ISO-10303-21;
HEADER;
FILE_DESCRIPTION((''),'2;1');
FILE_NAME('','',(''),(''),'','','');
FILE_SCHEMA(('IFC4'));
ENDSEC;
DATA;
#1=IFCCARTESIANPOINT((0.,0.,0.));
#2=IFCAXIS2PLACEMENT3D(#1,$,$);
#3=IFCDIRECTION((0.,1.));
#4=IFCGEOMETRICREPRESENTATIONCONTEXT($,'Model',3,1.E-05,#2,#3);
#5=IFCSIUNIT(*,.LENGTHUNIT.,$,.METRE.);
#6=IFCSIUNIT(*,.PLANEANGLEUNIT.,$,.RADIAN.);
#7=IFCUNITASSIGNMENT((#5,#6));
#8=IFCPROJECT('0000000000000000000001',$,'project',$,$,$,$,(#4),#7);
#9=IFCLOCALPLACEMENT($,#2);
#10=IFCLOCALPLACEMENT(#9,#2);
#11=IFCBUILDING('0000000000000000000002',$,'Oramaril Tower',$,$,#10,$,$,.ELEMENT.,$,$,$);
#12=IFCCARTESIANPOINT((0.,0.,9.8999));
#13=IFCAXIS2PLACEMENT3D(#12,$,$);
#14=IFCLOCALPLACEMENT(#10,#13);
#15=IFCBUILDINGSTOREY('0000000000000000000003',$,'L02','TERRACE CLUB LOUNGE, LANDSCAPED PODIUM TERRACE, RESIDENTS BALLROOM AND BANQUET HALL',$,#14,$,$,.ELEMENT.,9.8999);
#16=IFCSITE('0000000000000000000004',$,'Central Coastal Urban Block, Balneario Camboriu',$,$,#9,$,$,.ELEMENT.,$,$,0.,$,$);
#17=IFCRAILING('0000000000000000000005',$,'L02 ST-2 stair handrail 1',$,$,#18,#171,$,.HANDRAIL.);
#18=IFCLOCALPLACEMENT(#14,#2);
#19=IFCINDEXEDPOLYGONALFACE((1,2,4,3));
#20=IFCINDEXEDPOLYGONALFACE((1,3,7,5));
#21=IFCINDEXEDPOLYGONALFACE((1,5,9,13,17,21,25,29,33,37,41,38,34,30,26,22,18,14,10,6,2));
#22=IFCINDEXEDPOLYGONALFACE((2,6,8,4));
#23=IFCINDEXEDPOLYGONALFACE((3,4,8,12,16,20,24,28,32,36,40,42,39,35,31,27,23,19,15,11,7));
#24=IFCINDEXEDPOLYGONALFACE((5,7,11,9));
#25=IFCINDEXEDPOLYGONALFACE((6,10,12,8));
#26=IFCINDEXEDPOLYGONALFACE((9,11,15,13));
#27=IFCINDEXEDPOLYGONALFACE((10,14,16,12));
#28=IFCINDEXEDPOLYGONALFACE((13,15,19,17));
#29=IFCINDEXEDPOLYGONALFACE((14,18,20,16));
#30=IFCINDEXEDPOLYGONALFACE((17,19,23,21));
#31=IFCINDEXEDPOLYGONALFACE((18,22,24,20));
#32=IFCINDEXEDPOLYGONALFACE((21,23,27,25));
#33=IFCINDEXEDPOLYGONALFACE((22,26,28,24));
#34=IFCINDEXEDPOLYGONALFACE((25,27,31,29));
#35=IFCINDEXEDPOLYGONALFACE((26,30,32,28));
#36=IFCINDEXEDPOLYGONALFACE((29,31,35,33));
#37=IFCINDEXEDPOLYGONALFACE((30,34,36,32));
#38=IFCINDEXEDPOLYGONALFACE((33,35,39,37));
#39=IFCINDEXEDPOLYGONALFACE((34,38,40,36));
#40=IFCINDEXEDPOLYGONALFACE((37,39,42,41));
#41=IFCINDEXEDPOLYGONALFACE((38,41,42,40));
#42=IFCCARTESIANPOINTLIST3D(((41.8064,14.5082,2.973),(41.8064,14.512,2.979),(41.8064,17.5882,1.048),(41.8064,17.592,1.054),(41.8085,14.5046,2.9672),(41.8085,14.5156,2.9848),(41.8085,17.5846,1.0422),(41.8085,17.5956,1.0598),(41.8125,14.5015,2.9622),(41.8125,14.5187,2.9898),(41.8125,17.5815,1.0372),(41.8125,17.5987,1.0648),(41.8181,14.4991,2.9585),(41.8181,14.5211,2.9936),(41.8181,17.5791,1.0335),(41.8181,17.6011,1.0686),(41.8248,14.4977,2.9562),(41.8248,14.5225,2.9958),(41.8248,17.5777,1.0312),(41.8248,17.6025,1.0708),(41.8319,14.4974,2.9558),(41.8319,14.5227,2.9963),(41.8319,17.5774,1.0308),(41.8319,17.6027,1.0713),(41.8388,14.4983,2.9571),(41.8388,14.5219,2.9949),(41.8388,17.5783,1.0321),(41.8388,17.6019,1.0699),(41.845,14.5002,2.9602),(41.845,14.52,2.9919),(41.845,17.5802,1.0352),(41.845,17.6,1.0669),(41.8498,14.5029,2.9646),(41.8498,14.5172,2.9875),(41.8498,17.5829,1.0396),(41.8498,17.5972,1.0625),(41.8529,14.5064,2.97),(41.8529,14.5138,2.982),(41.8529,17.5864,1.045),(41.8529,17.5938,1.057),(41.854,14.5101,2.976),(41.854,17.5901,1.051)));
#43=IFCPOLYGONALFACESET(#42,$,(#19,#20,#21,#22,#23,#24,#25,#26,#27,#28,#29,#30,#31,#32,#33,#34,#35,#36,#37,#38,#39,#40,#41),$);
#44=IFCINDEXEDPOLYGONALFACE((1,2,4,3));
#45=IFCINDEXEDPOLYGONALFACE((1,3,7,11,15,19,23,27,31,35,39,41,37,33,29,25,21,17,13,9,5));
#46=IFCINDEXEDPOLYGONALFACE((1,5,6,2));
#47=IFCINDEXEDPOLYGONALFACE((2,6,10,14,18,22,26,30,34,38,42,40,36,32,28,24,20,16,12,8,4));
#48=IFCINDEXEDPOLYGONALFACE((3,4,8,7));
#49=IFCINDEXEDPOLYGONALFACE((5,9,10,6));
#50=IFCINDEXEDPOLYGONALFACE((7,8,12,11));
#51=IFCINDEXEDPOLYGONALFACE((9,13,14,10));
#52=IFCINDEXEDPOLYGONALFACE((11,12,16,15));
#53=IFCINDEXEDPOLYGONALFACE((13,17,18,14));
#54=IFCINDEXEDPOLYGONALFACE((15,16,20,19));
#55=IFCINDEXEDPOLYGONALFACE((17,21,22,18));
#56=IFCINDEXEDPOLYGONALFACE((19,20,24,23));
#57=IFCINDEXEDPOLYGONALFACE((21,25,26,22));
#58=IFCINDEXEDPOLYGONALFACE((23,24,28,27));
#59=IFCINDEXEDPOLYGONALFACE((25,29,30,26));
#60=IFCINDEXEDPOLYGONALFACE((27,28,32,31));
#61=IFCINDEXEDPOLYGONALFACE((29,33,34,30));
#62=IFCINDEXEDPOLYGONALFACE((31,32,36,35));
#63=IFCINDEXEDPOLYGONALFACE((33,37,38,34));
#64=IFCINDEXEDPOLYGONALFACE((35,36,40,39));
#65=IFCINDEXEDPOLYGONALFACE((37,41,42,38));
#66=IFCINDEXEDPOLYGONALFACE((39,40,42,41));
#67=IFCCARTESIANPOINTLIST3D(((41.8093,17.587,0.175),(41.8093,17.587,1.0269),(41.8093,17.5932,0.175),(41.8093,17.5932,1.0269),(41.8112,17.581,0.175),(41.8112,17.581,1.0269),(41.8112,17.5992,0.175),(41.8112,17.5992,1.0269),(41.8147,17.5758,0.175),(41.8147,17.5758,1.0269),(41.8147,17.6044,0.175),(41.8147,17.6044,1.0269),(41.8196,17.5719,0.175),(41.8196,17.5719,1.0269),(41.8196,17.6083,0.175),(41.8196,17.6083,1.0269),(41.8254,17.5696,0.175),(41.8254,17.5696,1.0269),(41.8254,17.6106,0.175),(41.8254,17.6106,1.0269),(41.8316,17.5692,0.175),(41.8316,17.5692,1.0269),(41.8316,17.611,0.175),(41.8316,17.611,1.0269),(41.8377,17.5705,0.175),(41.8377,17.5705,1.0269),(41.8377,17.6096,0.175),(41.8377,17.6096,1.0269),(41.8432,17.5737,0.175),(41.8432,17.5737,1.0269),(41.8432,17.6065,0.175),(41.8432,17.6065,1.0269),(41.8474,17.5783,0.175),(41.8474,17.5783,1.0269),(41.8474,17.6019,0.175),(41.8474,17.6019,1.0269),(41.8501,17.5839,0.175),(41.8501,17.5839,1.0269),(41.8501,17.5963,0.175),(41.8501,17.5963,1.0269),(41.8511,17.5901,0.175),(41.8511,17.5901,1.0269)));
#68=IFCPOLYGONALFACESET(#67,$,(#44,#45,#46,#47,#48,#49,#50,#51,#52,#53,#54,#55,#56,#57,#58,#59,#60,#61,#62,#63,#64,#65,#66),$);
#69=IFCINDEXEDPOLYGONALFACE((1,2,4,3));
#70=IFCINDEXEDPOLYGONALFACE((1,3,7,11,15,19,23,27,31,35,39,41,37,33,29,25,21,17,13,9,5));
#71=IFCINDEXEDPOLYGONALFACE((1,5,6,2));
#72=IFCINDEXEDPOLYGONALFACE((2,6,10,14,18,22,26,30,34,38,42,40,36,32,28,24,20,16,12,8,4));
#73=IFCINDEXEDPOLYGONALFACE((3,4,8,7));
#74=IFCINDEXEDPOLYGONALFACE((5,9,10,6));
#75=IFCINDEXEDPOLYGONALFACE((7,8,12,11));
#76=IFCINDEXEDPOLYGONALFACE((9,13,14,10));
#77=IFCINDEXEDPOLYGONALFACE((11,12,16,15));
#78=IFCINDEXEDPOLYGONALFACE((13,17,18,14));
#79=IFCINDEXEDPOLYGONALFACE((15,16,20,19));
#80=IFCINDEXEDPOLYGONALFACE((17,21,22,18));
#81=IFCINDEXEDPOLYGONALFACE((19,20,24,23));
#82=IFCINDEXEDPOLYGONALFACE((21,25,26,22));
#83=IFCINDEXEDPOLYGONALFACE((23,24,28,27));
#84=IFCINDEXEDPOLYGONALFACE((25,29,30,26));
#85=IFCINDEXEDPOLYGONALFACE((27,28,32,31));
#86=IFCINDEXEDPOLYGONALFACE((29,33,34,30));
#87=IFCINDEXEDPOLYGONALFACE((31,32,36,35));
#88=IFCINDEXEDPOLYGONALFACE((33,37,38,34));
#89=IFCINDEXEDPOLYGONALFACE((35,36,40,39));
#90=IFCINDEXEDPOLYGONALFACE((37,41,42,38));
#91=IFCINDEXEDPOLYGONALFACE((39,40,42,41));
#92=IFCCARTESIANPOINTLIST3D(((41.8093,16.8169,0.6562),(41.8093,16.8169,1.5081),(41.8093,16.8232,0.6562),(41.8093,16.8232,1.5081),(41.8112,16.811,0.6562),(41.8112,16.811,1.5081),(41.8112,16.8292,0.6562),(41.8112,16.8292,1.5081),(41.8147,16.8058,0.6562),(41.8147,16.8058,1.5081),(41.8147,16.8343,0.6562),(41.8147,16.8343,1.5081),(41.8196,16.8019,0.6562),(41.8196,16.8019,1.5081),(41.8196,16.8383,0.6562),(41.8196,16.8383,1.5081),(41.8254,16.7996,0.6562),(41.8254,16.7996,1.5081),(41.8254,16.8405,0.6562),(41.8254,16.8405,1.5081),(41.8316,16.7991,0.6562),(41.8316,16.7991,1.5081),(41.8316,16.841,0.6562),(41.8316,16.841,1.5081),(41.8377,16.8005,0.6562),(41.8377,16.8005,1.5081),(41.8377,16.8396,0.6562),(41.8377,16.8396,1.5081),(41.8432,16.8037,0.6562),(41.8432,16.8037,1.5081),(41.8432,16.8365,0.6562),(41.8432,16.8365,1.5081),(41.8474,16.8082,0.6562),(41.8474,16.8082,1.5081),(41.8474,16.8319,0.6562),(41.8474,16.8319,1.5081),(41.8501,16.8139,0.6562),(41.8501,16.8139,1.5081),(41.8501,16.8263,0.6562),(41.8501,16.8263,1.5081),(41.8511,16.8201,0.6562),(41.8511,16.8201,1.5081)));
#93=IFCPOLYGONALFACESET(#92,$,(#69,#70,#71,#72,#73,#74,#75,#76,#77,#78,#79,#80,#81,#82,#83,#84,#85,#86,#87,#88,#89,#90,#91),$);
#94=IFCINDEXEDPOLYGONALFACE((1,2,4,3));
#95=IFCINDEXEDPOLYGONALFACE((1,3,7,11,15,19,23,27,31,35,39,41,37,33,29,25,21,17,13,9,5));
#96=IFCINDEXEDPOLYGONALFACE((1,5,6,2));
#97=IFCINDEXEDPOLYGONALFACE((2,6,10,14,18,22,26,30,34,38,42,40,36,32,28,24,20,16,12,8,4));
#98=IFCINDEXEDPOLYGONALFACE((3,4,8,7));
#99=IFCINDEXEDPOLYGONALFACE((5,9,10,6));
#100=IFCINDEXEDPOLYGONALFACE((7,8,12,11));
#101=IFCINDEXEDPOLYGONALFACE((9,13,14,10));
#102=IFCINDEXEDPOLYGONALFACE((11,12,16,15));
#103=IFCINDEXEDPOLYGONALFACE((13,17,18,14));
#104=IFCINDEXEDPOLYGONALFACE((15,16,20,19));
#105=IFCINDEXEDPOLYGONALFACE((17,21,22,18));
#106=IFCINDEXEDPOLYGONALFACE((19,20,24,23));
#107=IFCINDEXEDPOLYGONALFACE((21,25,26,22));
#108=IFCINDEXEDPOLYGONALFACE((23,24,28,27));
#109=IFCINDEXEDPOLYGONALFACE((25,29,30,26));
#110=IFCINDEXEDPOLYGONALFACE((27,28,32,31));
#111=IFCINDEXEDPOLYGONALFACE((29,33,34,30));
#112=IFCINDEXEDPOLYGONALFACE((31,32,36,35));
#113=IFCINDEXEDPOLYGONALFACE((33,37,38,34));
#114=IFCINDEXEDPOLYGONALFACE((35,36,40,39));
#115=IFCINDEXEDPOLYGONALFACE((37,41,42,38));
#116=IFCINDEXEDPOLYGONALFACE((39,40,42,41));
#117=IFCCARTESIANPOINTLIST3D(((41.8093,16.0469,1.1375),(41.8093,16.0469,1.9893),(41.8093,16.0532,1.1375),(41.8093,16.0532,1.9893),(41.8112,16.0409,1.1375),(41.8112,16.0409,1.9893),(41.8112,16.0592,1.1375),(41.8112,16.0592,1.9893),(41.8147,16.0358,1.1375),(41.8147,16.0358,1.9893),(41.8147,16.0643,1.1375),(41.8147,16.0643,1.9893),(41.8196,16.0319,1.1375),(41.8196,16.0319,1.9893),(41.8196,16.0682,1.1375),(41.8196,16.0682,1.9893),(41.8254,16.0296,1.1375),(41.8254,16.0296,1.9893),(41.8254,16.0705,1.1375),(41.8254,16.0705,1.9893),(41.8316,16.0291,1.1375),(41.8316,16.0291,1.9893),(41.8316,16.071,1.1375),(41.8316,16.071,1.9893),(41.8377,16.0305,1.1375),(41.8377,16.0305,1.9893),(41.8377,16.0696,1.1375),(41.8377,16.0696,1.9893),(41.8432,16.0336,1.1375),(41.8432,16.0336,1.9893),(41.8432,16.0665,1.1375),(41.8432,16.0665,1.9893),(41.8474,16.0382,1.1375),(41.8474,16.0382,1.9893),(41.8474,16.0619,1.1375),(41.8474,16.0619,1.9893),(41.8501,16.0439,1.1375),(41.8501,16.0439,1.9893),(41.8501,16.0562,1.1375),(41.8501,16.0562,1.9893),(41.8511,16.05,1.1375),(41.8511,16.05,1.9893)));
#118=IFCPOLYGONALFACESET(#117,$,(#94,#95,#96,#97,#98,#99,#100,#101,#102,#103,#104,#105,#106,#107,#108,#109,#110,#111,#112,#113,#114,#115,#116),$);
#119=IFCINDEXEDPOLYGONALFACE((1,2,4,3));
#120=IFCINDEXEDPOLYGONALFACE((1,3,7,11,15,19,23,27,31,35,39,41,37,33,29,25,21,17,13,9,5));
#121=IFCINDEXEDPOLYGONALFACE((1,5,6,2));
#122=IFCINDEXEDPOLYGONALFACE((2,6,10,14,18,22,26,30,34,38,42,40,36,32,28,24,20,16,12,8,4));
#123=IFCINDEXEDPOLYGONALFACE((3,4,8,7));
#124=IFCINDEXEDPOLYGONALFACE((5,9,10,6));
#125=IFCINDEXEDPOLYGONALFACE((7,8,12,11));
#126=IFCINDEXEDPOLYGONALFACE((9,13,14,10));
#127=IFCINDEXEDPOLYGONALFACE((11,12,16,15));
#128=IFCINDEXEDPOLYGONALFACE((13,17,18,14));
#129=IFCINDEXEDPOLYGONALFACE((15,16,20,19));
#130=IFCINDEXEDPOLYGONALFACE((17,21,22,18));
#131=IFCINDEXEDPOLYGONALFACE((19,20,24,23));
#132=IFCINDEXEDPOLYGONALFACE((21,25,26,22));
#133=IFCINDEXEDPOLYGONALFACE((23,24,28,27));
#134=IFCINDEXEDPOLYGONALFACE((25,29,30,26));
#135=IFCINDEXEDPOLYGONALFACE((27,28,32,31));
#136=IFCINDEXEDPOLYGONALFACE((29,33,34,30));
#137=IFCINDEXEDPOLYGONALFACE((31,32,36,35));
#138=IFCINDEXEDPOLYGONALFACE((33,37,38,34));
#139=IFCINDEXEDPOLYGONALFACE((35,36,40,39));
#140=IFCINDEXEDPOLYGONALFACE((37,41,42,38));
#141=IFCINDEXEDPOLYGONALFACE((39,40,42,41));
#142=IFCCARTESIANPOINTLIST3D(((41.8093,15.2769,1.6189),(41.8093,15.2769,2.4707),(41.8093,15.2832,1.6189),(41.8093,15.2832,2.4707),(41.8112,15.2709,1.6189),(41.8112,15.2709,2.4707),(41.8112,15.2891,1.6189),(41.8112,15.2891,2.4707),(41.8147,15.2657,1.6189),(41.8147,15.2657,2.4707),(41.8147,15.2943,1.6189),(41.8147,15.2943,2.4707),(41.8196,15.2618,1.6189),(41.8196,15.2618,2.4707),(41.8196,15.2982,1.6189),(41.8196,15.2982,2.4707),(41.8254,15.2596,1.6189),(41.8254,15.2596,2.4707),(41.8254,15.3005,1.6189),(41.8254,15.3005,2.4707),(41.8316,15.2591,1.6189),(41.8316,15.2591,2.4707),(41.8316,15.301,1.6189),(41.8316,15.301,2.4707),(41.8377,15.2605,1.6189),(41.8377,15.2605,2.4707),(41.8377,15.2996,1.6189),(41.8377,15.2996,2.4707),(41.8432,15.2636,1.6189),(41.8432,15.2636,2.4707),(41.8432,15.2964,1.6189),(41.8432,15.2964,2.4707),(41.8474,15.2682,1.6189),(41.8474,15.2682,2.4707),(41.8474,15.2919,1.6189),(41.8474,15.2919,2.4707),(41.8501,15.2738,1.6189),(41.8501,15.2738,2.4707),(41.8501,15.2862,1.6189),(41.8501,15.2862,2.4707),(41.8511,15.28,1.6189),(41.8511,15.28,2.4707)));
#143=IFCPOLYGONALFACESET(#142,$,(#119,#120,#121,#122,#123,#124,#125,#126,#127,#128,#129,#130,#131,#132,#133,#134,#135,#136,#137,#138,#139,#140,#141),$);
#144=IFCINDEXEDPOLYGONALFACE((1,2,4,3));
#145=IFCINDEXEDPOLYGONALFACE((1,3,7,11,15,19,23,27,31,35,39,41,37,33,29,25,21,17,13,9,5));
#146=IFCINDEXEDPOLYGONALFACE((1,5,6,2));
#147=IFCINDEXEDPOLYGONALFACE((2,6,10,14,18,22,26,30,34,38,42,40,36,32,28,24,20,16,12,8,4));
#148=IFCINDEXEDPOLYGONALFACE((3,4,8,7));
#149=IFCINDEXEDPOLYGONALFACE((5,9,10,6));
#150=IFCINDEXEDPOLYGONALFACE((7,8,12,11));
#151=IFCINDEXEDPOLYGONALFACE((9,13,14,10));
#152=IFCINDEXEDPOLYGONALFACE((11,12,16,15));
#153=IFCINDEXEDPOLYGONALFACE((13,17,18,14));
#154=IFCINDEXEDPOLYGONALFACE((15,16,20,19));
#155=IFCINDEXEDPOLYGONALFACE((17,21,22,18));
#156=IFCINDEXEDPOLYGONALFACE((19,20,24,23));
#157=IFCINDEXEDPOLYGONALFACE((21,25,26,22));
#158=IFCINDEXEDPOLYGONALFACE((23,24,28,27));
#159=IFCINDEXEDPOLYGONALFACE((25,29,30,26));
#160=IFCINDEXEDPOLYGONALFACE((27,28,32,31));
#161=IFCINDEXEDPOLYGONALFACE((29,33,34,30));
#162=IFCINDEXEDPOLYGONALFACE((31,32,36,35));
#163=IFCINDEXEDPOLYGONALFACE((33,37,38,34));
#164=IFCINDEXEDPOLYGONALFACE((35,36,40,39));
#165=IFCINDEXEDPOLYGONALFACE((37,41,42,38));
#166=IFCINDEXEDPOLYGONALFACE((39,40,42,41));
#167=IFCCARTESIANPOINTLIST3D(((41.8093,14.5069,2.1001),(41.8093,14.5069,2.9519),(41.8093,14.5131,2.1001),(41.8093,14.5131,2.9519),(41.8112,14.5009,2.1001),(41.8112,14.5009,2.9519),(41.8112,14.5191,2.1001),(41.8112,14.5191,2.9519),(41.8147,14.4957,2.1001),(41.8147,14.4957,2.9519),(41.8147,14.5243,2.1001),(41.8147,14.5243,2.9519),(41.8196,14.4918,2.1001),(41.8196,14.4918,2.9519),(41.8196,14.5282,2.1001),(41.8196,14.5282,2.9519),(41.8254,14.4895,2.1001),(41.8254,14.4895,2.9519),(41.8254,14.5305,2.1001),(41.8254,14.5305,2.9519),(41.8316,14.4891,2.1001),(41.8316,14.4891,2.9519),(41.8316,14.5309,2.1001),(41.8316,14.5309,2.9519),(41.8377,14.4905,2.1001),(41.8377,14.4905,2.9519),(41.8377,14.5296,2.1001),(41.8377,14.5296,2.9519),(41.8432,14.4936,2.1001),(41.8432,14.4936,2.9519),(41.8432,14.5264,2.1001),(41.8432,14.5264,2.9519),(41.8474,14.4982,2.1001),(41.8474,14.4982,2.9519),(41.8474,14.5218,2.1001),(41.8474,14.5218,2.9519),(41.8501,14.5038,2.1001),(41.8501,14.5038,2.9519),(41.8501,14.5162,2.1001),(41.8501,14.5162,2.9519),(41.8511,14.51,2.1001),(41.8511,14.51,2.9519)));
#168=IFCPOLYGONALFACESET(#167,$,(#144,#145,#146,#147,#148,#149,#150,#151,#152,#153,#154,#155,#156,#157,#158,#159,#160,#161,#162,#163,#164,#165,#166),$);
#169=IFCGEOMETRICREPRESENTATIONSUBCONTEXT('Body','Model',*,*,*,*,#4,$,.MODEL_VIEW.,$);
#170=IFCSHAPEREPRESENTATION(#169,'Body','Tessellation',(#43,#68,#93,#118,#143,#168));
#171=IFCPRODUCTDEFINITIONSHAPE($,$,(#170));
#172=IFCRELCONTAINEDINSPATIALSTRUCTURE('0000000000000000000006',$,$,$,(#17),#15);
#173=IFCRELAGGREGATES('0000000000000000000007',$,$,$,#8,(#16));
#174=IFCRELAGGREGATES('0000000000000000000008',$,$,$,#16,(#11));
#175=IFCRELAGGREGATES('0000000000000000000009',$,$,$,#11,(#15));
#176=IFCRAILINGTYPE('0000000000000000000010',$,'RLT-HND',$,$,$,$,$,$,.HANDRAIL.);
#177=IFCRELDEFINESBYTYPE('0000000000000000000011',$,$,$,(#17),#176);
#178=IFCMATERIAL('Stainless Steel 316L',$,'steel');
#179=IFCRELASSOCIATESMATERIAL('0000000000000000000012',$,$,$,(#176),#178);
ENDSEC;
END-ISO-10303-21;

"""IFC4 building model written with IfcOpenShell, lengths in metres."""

from ifc_helpers import new_model, si_unit, direction, frame, origin, origin_2d, place, context, subcontext, project, spatial, circle, extrude, material, type_object, element, save


model = new_model("IFC4")

# Units and contexts
model_context = context("Model", 3, precision=1e-05, world=origin(), true_north=direction((0.0, 1.0)))
body_context = subcontext(model_context, "Body", "Model", "MODEL_VIEW")
ifc_project = project(units=[si_unit("LENGTHUNIT", "METRE"), si_unit("PLANEANGLEUNIT", "RADIAN")], contexts=[model_context])

# Site, building, storey
site_placement = place(None, origin())
site = spatial("IfcSite", under=ifc_project, at=site_placement, Name="Central Coastal Urban Block, Balneario Camboriu", CompositionType="ELEMENT", RefElevation=0.0)
building_placement = place(site_placement, origin())
building = spatial("IfcBuilding", under=site, at=building_placement, Name="Oramaril Tower", CompositionType="ELEMENT")
storey_placement = place(building_placement, frame((0.0, 0.0, 9.8999)))
storey = spatial("IfcBuildingStorey", under=building, at=storey_placement, Name="L02", Description="TERRACE CLUB LOUNGE, LANDSCAPED PODIUM TERRACE, RESIDENTS BALLROOM AND BANQUET HALL", CompositionType="ELEMENT", Elevation=9.8999)

# Railing
ifc_material_1 = material(Name="Stainless Steel 316L", Category="steel")
railing_type_1 = type_object("IfcRailingType", Name="RLT-HND", PredefinedType="HANDRAIL", material=ifc_material_1)
railing_1_placement = place(storey_placement, frame((41.8301, 17.5901, 0.175)))
element("IfcRailing", 1, at=railing_1_placement, inside=storey, type_object=railing_type_1, Name="L02 ST-2 stair handrail 1", PredefinedType="HANDRAIL", context=body_context, shape_type="SweptSolid", body=[
    extrude(circle(Radius=0.0239, at=origin_2d()), frame((0.0, 0.0, 0.876), z_axis=(0.0, -0.847998, 0.529999), x_axis=(1.0, 0.0, 0.0)), (0.0, 0.0, 1.0), 3.6321),
    extrude(circle(Radius=0.021, at=origin_2d()), origin(), (0.0, 0.0, 1.0), 0.8518),
    extrude(circle(Radius=0.021, at=origin_2d()), frame((0.0, -0.77, 0.4812)), (0.0, 0.0, 1.0), 0.8518),
    extrude(circle(Radius=0.021, at=origin_2d()), frame((0.0, -1.54, 0.9624)), (0.0, 0.0, 1.0), 0.8518),
    extrude(circle(Radius=0.021, at=origin_2d()), frame((0.0, -2.3101, 1.4438)), (0.0, 0.0, 1.0), 0.8518),
    extrude(circle(Radius=0.021, at=origin_2d()), frame((0.0, -3.0801, 1.925)), (0.0, 0.0, 1.0), 0.8518),
])

save(model, "model.ifc")
